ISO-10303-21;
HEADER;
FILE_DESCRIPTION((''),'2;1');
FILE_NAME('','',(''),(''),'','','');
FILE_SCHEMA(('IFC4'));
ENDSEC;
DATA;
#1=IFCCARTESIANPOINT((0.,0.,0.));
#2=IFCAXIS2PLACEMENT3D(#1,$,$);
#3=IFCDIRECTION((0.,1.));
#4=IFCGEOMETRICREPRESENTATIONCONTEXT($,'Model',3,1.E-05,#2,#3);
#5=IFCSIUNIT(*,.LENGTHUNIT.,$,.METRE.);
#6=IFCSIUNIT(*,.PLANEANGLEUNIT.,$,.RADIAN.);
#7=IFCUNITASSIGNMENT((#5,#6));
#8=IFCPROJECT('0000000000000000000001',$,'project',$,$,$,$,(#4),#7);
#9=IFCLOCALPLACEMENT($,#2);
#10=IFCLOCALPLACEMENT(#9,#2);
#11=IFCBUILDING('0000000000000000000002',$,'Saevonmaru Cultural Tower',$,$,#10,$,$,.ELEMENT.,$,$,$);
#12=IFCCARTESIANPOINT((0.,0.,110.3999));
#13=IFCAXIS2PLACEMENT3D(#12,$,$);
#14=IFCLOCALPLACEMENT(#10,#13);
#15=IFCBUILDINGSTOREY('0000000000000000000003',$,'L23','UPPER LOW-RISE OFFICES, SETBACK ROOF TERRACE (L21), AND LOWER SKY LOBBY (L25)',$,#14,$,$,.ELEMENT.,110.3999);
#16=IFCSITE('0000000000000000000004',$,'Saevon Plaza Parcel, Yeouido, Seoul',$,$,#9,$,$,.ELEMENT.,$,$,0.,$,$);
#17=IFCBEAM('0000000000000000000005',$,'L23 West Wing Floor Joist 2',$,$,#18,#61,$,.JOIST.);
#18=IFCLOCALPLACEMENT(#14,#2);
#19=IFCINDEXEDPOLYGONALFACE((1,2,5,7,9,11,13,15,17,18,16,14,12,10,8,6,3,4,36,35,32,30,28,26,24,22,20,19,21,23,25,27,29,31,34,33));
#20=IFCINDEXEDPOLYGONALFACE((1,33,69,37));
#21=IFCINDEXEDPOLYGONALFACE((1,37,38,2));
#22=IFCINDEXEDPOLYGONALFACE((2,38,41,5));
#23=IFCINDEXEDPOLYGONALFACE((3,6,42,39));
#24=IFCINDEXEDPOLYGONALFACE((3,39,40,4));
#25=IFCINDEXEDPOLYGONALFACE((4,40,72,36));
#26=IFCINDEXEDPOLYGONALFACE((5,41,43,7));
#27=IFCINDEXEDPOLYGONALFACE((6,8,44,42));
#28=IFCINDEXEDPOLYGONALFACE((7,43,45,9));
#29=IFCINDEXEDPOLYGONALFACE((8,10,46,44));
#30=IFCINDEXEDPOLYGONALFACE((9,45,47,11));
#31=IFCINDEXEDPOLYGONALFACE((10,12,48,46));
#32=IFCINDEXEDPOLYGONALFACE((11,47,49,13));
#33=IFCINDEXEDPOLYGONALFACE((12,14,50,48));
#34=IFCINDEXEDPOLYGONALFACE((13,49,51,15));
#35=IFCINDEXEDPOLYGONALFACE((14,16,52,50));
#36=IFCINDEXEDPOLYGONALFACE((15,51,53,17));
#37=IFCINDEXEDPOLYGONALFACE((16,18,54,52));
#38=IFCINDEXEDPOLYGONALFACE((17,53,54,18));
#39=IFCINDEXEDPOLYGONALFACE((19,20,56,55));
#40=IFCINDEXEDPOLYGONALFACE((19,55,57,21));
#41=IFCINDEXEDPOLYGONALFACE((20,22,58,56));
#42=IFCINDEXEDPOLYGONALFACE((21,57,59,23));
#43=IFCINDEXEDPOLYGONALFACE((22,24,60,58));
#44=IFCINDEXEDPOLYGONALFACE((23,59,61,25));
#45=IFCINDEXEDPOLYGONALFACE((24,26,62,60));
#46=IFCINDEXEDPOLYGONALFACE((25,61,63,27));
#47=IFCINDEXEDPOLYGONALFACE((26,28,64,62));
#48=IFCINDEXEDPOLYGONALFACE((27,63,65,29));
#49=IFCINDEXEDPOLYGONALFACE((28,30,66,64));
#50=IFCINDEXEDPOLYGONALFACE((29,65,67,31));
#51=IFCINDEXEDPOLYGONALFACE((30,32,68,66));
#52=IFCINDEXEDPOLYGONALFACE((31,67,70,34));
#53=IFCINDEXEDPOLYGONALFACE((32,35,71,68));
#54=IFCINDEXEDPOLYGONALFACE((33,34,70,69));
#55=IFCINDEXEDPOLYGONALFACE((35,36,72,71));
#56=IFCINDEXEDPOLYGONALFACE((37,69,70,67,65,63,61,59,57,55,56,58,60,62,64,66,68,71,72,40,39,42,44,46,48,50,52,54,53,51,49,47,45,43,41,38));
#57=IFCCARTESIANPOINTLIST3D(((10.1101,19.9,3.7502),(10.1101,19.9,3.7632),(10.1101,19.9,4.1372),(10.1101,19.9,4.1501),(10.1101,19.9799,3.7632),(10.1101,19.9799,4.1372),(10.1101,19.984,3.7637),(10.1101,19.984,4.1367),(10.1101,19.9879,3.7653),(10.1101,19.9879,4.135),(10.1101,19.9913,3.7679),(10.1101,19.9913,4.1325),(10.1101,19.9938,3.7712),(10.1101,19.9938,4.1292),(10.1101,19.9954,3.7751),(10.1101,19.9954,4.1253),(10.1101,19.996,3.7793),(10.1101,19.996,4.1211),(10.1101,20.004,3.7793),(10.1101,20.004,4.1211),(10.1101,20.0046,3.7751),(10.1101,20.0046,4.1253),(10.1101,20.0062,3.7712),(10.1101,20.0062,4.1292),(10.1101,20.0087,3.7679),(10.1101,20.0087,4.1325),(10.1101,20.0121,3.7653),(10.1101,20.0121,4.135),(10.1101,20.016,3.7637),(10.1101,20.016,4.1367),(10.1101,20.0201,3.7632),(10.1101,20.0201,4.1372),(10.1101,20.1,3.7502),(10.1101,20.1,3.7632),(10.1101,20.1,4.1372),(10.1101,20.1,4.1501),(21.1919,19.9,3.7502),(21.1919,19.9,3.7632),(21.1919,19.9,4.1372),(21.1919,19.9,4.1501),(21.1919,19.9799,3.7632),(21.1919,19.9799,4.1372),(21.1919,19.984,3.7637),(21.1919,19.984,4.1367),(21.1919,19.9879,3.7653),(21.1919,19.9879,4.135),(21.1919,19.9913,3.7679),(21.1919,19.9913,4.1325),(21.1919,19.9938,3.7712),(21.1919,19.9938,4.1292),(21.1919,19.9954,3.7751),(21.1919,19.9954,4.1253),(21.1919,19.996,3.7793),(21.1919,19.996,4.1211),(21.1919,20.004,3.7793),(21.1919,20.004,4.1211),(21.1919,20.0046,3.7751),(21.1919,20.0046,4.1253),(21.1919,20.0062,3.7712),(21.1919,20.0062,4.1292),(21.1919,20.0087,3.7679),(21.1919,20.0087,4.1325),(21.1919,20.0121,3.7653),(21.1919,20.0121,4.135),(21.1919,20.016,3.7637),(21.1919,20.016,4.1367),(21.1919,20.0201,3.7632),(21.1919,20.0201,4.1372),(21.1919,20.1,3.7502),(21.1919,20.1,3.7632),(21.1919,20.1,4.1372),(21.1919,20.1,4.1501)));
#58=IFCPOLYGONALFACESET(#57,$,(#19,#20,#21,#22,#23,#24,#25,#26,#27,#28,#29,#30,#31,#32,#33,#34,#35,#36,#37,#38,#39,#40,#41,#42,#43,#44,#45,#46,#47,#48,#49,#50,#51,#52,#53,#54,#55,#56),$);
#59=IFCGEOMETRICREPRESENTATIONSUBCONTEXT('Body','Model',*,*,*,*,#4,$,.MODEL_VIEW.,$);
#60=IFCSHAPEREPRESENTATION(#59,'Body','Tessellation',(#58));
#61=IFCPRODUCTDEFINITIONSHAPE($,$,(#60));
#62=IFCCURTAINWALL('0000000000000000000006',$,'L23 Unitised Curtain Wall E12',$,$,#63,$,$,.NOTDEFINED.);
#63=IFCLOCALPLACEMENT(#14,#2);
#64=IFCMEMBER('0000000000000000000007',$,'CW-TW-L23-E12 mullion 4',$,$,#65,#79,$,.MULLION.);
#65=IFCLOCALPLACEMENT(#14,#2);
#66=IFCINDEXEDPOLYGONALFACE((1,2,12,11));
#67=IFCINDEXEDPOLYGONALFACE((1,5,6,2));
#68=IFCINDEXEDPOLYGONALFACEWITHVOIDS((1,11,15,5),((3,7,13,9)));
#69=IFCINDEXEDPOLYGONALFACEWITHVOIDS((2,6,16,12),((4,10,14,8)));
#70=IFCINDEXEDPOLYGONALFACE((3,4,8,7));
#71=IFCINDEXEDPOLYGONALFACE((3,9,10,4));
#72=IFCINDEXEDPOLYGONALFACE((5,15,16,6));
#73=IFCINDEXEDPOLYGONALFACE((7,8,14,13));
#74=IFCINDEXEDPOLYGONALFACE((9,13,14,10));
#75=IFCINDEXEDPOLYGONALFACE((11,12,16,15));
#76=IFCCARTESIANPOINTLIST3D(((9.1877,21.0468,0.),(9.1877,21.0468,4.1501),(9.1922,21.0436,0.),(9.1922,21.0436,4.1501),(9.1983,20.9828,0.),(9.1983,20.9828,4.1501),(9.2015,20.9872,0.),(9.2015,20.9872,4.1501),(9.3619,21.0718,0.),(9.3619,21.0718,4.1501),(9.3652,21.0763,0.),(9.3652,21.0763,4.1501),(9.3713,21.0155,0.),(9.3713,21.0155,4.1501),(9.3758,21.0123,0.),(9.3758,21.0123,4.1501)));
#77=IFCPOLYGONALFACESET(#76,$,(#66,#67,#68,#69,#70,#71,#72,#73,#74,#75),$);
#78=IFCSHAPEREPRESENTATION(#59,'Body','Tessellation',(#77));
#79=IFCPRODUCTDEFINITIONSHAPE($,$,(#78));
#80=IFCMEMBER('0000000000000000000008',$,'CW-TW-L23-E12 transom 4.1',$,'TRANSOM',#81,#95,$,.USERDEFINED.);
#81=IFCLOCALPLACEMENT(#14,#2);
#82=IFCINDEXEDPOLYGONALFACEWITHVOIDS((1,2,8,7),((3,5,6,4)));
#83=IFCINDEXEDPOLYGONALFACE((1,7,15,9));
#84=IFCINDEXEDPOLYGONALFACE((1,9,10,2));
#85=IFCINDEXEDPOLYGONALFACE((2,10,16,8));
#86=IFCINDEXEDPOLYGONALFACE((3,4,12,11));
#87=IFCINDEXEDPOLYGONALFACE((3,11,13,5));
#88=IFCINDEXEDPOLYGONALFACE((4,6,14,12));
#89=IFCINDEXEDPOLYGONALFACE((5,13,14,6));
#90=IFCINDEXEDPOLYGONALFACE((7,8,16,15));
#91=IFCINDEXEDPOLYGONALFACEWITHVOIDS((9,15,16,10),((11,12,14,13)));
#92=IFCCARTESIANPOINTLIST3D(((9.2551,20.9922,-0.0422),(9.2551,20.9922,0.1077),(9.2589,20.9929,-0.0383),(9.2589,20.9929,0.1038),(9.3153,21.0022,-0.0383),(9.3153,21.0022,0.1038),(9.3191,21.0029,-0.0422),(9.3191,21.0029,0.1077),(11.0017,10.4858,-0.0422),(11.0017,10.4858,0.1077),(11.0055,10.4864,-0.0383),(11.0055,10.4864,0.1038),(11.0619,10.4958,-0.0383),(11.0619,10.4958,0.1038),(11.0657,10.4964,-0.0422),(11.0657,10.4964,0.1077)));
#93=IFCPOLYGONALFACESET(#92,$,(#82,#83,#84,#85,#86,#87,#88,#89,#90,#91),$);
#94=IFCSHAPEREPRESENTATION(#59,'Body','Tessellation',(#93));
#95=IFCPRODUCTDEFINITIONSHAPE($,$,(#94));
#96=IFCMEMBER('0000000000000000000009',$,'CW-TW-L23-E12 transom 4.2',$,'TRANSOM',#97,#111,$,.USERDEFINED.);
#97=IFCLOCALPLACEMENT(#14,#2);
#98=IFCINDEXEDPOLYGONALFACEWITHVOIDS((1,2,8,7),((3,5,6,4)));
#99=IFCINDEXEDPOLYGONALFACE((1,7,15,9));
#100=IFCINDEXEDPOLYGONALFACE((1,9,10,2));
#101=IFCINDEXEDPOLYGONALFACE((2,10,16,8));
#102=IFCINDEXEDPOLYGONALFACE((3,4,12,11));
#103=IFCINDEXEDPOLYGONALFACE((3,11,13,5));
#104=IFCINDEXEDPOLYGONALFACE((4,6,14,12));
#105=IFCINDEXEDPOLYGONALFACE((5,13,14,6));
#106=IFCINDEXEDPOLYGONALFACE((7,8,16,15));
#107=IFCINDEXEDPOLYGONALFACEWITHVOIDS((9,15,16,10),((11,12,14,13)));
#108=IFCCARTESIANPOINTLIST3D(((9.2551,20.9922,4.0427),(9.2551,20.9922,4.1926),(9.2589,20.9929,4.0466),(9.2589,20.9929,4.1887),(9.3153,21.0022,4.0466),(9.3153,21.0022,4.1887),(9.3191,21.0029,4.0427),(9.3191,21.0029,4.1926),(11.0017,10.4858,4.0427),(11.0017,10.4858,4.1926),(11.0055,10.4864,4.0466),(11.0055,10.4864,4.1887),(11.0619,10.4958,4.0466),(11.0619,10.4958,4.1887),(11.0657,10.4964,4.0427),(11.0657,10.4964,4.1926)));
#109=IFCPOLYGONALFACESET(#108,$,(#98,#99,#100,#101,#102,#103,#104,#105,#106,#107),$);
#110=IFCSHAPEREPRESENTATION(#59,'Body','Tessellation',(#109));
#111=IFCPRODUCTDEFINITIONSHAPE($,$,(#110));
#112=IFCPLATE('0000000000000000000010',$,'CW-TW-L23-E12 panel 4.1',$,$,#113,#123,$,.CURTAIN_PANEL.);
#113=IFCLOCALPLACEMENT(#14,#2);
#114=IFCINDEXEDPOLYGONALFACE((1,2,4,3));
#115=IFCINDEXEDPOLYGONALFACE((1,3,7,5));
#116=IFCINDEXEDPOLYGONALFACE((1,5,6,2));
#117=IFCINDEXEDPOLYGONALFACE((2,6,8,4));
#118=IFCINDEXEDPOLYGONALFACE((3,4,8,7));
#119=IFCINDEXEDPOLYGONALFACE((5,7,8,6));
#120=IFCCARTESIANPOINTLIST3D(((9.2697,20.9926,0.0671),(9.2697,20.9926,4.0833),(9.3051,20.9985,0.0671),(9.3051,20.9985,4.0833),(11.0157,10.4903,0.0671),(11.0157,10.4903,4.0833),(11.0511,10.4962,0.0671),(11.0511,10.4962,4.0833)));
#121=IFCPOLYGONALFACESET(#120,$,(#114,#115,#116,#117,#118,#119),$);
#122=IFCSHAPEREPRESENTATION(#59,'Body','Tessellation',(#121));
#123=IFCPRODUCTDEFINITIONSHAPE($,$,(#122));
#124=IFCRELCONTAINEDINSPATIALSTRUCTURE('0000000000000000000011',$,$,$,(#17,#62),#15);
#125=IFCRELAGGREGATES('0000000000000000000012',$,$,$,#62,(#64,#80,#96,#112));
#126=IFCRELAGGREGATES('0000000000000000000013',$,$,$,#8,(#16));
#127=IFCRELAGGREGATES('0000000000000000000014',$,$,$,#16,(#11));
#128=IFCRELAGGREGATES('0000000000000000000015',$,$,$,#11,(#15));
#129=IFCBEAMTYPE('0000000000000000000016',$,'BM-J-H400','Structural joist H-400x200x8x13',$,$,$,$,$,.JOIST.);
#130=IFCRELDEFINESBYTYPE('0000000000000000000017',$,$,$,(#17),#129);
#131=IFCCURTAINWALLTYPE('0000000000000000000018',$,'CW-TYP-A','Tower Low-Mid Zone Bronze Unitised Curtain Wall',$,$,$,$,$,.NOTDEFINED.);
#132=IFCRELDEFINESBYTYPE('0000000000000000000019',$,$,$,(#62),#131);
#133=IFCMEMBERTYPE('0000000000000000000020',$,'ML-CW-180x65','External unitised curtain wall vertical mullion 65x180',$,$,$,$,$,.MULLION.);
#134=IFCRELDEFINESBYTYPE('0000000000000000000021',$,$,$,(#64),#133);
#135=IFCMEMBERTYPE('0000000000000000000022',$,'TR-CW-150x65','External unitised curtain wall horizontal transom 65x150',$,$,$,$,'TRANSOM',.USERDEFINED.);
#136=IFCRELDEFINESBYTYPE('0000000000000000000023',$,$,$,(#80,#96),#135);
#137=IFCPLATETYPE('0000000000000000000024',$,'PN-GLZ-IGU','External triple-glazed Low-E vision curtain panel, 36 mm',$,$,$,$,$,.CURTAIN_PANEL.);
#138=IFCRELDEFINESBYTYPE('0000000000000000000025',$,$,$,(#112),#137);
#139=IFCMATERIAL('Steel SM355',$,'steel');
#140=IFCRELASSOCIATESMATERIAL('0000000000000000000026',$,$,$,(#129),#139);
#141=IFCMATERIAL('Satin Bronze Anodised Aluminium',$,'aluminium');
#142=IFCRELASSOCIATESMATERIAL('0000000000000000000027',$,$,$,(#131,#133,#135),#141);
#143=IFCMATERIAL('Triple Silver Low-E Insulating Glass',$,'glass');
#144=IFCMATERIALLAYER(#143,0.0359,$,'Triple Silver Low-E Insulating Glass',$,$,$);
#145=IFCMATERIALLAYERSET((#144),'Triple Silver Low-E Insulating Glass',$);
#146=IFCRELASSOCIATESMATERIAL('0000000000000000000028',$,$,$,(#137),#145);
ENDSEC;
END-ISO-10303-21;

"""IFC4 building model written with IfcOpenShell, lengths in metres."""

from ifc_helpers import new_model, si_unit, direction, frame, origin, origin_2d, place, context, subcontext, project, spatial, rectangle, hollow_rectangle, i_section, extrude, material, layer, layer_set, material_profile, profile_set, type_object, element, aggregate, save


model = new_model("IFC4")

# Units and contexts
model_context = context("Model", 3, precision=1e-05, world=origin(), true_north=direction((0.0, 1.0)))
body_context = subcontext(model_context, "Body", "Model", "MODEL_VIEW")
ifc_project = project(units=[si_unit("LENGTHUNIT", "METRE"), si_unit("PLANEANGLEUNIT", "RADIAN")], contexts=[model_context])

# Site, building, storey
site_placement = place(None, origin())
site = spatial("IfcSite", under=ifc_project, at=site_placement, Name="Saevon Plaza Parcel, Yeouido, Seoul", CompositionType="ELEMENT", RefElevation=0.0)
building_placement = place(site_placement, origin())
building = spatial("IfcBuilding", under=site, at=building_placement, Name="Saevonmaru Cultural Tower", CompositionType="ELEMENT")
storey_placement = place(building_placement, frame((0.0, 0.0, 110.3999)))
storey = spatial("IfcBuildingStorey", under=building, at=storey_placement, Name="L23", Description="UPPER LOW-RISE OFFICES, SETBACK ROOF TERRACE (L21), AND LOWER SKY LOBBY (L25)", CompositionType="ELEMENT", Elevation=110.3999)

# Beam
ifc_material_1 = material(Name="Steel SM355", Category="steel")
ifc_material_profile_1 = material_profile(ifc_material_1, i_section(OverallWidth=0.2, OverallDepth=0.3999, WebThickness=0.0081, FlangeThickness=0.0129, FilletRadius=0.0161, at=origin_2d()), Name="H-400x200x8x13")
ifc_profile_set_1 = profile_set([ifc_material_profile_1], Name="Steel SM355")
beam_type = type_object("IfcBeamType", Name="BM-J-H400", Description="Structural joist H-400x200x8x13", PredefinedType="JOIST", material=ifc_profile_set_1)
beam_placement = place(storey_placement, frame((10.1101, 20.0, 3.9502), z_axis=(1.0, 0.0, 0.0), x_axis=(0.0, 1.0, 0.0)))
element("IfcBeam", 1, at=beam_placement, inside=storey, type_object=beam_type, Name="L23 West Wing Floor Joist 2", PredefinedType="JOIST", context=body_context, shape_type="SweptSolid", body=[
    extrude(i_section(OverallWidth=0.2, OverallDepth=0.3999, WebThickness=0.0081, FlangeThickness=0.0129, FilletRadius=0.0161, at=origin_2d()), origin(), (0.0, 0.0, 1.0), 11.0818),
])

# Curtain wall, members, plate
ifc_material_2 = material(Name="Satin Bronze Anodised Aluminium", Category="aluminium")
curtain_wall_type = type_object("IfcCurtainWallType", Name="CW-TYP-A", Description="Tower Low-Mid Zone Bronze Unitised Curtain Wall", PredefinedType="NOTDEFINED", material=ifc_material_2)
curtain_wall_placement = place(storey_placement, origin())
curtain_wall = element("IfcCurtainWall", 2, at=curtain_wall_placement, inside=storey, type_object=curtain_wall_type, Name="L23 Unitised Curtain Wall E12", PredefinedType="NOTDEFINED")
ifc_material_profile_2 = material_profile(ifc_material_2, hollow_rectangle(XDim=0.0649, YDim=0.1799, WallThickness=0.0039, at=origin_2d()), Name="ALU-MULL-180x65x4")
ifc_profile_set_2 = profile_set([ifc_material_profile_2], Name="Satin Bronze Anodised Aluminium")
member_type_1 = type_object("IfcMemberType", Name="ML-CW-180x65", Description="External unitised curtain wall vertical mullion 65x180", PredefinedType="MULLION", material=ifc_profile_set_2)
member_1_placement = place(storey_placement, frame((9.2817, 21.0295, 0.0), z_axis=(0.0, 0.0, 1.0), x_axis=(0.163999, -0.986461, 0.0)))
member_1 = element("IfcMember", 3, at=member_1_placement, type_object=member_type_1, Name="CW-TW-L23-E12 mullion 4", PredefinedType="MULLION", context=body_context, shape_type="SweptSolid", body=[
    extrude(hollow_rectangle(XDim=0.0649, YDim=0.1799, WallThickness=0.0039, at=origin_2d()), origin(), (0.0, 0.0, 1.0), 4.1501),
])
ifc_material_profile_3 = material_profile(ifc_material_2, hollow_rectangle(XDim=0.0649, YDim=0.1499, WallThickness=0.0039, at=origin_2d()), Name="ALU-TRAN-150x65x4")
ifc_profile_set_3 = profile_set([ifc_material_profile_3], Name="Satin Bronze Anodised Aluminium")
member_type_2 = type_object("IfcMemberType", Name="TR-CW-150x65", Description="External unitised curtain wall horizontal transom 65x150", ElementType="TRANSOM", PredefinedType="USERDEFINED", material=ifc_profile_set_3)
member_2_placement = place(storey_placement, frame((9.2871, 20.9976, 0.0327), z_axis=(0.16399, -0.986462, 0.0), x_axis=(0.986462, 0.16399, 0.0)))
member_2 = element("IfcMember", 4, at=member_2_placement, type_object=member_type_2, Name="CW-TW-L23-E12 transom 4.1", ObjectType="TRANSOM", PredefinedType="USERDEFINED", context=body_context, shape_type="SweptSolid", body=[
    extrude(hollow_rectangle(XDim=0.0649, YDim=0.1499, WallThickness=0.0039, at=origin_2d()), origin(), (0.0, 0.0, 1.0), 10.6506),
])
member_3_placement = place(storey_placement, frame((9.2871, 20.9976, 4.1177), z_axis=(0.16399, -0.986462, 0.0), x_axis=(0.986462, 0.16399, 0.0)))
member_3 = element("IfcMember", 5, at=member_3_placement, type_object=member_type_2, Name="CW-TW-L23-E12 transom 4.2", ObjectType="TRANSOM", PredefinedType="USERDEFINED", context=body_context, shape_type="SweptSolid", body=[
    extrude(hollow_rectangle(XDim=0.0649, YDim=0.1499, WallThickness=0.0039, at=origin_2d()), origin(), (0.0, 0.0, 1.0), 10.6506),
])
ifc_material_3 = material(Name="Triple Silver Low-E Insulating Glass", Category="glass")
ifc_layer_1 = layer(ifc_material_3, 0.0359, Name="Triple Silver Low-E Insulating Glass")
ifc_layer_set_1 = layer_set([ifc_layer_1], Name="Triple Silver Low-E Insulating Glass")
plate_type = type_object("IfcPlateType", Name="PN-GLZ-IGU", Description="External triple-glazed Low-E vision curtain panel, 36 mm", PredefinedType="CURTAIN_PANEL", material=ifc_layer_set_1)
plate_placement = place(storey_placement, frame((10.1604, 15.7444, 0.0671), z_axis=(0.0, 0.0, 1.0), x_axis=(0.163999, -0.986461, 0.0)))
plate = element("IfcPlate", 6, at=plate_placement, type_object=plate_type, Name="CW-TW-L23-E12 panel 4.1", PredefinedType="CURTAIN_PANEL", context=body_context, shape_type="SweptSolid", body=[
    extrude(rectangle(XDim=10.6465, YDim=0.0359, at=origin_2d()), origin(), (0.0, 0.0, 1.0), 4.0161),
])
aggregate(curtain_wall, [member_1, member_2, member_3, plate])

save(model, "model.ifc")
